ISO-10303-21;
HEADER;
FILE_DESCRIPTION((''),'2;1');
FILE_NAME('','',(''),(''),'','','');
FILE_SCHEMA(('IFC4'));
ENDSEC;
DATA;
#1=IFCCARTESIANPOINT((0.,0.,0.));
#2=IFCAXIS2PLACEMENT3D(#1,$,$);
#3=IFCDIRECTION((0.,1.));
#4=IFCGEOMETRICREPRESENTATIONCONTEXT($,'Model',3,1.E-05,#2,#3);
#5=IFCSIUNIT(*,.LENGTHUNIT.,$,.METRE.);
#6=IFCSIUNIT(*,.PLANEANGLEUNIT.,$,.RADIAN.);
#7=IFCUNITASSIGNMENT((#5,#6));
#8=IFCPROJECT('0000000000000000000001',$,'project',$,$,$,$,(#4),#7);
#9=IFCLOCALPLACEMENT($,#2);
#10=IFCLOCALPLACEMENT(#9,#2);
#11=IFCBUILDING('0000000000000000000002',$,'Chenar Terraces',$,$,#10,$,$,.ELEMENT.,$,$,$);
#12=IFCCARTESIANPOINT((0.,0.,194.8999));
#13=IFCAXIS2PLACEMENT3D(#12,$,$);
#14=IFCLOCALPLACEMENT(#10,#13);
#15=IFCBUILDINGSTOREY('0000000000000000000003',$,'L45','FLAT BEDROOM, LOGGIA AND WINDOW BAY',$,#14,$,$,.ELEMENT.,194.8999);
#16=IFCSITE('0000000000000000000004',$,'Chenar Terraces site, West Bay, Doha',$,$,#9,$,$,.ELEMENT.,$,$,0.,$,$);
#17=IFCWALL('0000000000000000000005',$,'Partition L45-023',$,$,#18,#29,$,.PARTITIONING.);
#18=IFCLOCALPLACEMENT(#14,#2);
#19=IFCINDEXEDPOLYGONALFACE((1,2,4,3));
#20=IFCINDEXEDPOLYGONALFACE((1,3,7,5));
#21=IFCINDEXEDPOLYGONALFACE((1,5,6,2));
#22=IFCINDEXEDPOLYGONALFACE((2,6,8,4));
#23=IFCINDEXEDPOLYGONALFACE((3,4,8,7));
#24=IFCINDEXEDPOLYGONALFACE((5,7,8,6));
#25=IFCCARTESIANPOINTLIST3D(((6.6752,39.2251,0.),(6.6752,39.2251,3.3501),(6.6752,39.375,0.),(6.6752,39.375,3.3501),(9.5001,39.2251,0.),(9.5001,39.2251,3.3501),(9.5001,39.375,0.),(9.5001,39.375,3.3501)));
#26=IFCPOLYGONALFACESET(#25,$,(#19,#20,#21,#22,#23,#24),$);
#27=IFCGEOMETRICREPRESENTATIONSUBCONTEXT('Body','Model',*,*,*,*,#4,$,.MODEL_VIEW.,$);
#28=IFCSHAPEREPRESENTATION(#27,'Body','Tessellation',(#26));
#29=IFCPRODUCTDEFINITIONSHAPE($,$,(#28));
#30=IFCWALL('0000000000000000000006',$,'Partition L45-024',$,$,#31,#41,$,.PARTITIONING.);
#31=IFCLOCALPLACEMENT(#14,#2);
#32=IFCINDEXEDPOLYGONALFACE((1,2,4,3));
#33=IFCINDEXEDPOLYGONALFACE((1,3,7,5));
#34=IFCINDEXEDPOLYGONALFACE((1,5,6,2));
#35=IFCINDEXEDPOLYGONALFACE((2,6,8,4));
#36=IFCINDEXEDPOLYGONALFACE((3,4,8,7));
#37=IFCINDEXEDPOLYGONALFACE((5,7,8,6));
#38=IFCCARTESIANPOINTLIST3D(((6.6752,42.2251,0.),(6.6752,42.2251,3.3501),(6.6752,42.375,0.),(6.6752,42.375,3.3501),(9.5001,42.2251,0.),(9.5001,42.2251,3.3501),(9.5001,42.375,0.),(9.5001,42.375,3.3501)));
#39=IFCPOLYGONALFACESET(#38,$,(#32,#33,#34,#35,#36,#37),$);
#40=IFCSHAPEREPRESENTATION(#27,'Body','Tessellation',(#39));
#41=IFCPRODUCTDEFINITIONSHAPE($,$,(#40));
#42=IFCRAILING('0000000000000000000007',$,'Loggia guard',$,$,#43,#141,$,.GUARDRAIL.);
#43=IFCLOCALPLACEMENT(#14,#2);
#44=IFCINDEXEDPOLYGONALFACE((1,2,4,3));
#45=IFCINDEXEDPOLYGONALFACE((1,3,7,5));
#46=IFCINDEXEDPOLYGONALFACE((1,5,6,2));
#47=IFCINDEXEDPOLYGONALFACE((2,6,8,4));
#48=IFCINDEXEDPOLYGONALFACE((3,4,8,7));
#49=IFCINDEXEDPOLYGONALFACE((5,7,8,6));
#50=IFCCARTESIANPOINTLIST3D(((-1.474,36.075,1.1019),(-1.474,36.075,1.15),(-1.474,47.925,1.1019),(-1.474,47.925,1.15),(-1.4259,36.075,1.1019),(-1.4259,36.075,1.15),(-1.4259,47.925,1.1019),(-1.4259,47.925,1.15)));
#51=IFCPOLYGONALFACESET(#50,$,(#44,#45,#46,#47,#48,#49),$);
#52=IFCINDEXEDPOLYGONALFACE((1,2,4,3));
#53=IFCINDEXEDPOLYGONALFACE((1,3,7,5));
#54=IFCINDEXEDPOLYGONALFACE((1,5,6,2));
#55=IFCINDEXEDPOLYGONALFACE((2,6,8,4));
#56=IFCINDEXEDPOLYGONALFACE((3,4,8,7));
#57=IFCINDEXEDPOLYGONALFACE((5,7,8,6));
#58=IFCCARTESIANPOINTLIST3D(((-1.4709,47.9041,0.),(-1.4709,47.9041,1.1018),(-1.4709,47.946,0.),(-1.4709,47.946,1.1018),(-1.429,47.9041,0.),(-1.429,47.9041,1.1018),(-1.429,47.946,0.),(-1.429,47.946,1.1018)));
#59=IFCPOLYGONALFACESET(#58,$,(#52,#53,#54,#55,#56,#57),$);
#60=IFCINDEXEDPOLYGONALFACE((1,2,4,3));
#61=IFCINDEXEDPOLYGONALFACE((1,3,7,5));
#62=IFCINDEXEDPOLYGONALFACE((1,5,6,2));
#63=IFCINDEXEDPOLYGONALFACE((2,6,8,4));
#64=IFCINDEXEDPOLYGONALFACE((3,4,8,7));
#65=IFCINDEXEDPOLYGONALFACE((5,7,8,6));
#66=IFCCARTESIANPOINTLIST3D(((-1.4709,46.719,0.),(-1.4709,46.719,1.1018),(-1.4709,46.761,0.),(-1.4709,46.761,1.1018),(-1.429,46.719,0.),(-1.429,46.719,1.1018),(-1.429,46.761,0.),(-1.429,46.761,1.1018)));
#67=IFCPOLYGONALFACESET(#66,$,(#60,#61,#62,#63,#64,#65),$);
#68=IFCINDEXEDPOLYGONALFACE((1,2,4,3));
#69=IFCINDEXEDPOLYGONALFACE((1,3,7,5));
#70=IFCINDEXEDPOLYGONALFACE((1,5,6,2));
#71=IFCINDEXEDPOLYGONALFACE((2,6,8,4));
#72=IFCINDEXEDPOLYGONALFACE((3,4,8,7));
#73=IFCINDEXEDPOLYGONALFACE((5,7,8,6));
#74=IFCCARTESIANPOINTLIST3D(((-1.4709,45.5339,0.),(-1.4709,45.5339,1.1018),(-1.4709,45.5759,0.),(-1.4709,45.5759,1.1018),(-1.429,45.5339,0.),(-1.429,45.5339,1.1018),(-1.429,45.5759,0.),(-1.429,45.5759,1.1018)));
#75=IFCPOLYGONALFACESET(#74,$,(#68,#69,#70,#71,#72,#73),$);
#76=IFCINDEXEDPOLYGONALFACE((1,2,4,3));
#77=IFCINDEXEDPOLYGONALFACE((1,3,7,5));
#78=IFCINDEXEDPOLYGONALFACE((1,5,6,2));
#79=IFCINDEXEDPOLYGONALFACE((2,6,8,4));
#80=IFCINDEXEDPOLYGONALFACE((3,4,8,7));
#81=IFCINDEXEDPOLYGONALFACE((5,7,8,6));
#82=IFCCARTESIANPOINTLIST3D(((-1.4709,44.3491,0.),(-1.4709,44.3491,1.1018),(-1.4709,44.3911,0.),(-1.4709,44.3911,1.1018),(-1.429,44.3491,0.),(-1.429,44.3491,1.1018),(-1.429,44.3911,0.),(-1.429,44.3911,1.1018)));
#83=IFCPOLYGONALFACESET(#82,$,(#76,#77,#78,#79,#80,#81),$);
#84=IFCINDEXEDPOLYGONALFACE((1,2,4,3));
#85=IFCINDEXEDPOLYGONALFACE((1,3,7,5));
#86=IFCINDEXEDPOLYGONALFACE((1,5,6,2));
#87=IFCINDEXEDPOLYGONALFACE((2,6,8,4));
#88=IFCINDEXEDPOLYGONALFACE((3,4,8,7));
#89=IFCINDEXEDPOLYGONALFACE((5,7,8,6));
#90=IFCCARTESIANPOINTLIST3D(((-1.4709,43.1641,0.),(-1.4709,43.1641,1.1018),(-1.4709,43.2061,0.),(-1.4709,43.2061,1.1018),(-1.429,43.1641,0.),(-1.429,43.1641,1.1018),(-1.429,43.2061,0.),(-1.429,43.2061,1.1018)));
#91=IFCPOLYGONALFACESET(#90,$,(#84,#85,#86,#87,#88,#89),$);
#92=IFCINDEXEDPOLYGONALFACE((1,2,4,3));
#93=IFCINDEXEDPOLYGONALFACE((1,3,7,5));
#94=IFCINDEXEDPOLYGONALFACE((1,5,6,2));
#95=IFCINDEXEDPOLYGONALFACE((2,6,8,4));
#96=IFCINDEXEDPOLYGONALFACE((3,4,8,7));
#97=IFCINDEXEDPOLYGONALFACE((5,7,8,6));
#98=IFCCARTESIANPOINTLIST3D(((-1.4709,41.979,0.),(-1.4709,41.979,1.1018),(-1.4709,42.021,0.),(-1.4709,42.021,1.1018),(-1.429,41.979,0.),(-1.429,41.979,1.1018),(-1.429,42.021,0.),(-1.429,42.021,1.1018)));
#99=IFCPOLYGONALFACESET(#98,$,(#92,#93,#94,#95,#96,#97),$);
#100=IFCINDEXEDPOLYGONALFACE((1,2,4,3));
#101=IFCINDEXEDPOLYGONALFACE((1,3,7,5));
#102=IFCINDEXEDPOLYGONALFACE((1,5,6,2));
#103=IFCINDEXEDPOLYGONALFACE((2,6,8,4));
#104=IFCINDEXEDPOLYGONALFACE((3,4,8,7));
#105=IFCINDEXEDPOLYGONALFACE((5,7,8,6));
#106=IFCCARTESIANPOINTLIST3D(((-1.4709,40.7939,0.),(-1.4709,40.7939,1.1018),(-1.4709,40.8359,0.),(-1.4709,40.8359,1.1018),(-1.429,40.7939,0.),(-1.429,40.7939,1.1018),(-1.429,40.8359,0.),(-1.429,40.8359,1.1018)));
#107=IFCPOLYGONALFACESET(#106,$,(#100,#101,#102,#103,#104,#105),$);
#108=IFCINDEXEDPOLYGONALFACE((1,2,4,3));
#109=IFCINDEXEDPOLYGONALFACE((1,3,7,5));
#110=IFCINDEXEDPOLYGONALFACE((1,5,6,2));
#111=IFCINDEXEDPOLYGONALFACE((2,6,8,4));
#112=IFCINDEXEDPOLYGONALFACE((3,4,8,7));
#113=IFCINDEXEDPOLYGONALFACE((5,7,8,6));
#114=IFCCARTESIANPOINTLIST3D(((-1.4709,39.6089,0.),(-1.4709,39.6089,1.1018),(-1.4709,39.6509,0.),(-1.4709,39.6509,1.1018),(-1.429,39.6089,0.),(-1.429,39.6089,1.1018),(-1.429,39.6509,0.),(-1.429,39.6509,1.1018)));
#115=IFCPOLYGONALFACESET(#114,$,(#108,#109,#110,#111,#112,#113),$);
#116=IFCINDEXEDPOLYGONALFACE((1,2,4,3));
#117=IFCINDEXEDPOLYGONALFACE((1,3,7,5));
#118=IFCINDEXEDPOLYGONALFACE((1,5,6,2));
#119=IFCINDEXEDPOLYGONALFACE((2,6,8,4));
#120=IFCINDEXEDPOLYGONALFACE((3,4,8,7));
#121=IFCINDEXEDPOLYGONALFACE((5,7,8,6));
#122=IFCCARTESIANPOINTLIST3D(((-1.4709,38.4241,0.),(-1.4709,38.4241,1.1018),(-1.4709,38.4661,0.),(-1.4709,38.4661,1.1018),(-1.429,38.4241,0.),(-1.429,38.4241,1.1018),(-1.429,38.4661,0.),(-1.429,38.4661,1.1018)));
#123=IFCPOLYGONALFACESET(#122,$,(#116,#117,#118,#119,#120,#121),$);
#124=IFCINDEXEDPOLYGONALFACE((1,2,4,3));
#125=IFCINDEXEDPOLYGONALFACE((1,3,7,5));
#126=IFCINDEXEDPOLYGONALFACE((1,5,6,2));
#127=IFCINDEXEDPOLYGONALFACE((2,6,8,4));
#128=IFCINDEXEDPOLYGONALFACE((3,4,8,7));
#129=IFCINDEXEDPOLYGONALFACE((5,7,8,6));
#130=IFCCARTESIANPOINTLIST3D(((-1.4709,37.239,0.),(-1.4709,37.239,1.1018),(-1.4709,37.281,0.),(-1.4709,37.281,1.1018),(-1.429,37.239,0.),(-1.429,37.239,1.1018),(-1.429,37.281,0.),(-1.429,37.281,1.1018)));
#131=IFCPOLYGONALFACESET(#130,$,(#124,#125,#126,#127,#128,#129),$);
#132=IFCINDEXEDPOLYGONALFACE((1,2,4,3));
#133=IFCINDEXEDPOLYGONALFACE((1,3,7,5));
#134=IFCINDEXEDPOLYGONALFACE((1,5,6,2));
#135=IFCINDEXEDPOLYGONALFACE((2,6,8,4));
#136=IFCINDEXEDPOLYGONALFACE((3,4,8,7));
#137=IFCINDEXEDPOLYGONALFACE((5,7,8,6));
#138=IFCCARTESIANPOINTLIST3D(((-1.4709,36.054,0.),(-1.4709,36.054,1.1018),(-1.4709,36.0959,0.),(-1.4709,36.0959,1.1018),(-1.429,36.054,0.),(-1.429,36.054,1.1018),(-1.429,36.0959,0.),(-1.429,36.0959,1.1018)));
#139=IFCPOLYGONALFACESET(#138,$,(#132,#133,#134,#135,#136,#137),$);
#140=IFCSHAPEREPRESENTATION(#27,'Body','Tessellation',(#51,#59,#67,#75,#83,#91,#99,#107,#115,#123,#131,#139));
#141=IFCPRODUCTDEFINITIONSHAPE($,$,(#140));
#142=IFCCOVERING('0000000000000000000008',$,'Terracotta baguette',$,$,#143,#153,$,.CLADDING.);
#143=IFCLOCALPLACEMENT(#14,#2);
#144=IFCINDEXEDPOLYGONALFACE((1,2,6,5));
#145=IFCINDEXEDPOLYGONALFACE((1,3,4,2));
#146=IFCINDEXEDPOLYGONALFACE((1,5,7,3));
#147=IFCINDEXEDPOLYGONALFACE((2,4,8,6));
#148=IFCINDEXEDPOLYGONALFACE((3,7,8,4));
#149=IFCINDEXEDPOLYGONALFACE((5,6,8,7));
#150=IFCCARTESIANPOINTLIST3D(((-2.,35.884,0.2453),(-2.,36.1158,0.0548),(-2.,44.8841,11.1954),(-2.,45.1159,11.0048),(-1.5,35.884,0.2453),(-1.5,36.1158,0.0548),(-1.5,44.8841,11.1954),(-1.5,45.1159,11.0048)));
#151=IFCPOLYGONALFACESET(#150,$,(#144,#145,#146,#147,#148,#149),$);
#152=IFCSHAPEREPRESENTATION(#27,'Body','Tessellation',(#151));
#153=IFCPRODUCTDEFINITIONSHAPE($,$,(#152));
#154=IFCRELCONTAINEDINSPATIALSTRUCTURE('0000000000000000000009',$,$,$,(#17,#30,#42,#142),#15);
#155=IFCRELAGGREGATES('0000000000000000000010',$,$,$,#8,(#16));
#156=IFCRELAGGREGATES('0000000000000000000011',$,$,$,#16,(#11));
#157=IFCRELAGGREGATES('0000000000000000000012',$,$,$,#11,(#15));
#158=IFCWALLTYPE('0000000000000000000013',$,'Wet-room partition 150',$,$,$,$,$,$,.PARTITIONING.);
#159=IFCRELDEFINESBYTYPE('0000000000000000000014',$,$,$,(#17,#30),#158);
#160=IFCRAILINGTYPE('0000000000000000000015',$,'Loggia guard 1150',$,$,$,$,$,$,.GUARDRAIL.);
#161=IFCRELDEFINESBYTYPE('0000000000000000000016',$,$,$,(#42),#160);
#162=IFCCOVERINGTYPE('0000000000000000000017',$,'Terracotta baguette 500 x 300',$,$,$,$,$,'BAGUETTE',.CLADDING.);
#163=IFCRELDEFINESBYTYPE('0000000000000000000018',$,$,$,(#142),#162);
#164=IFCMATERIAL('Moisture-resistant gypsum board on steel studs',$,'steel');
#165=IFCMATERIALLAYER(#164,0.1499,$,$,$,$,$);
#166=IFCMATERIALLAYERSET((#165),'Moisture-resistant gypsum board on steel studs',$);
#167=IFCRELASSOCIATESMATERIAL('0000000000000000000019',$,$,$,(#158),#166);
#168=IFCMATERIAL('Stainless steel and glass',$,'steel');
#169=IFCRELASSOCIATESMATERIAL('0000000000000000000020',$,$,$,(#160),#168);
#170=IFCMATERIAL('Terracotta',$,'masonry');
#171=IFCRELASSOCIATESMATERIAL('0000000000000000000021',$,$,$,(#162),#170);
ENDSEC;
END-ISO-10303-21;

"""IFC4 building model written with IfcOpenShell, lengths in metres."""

from ifc_helpers import new_model, si_unit, direction, frame, frame_2d, origin, origin_2d, place, context, subcontext, project, spatial, rectangle, extrude, material, layer, layer_set, material_profile, profile_set, type_object, element, save


model = new_model("IFC4")

# Units and contexts
model_context = context("Model", 3, precision=1e-05, world=origin(), true_north=direction((0.0, 1.0)))
body_context = subcontext(model_context, "Body", "Model", "MODEL_VIEW")
ifc_project = project(units=[si_unit("LENGTHUNIT", "METRE"), si_unit("PLANEANGLEUNIT", "RADIAN")], contexts=[model_context])

# Site, building, storey
site_placement = place(None, origin())
site = spatial("IfcSite", under=ifc_project, at=site_placement, Name="Chenar Terraces site, West Bay, Doha", CompositionType="ELEMENT", RefElevation=0.0)
building_placement = place(site_placement, origin())
building = spatial("IfcBuilding", under=site, at=building_placement, Name="Chenar Terraces", CompositionType="ELEMENT")
storey_placement = place(building_placement, frame((0.0, 0.0, 194.8999)))
storey = spatial("IfcBuildingStorey", under=building, at=storey_placement, Name="L45", Description="FLAT BEDROOM, LOGGIA AND WINDOW BAY", CompositionType="ELEMENT", Elevation=194.8999)

# Shared definitions
ifc_material_1 = material(Name="Moisture-resistant gypsum board on steel studs", Category="steel")
ifc_layer_1 = layer(ifc_material_1, 0.1499)
ifc_layer_set_1 = layer_set([ifc_layer_1], Name="Moisture-resistant gypsum board on steel studs")
wall_type_1 = type_object("IfcWallType", Name="Wet-room partition 150", PredefinedType="PARTITIONING", material=ifc_layer_set_1)

# Walls
for number, where, z_axis, x_axis, name in (
    (1, (6.675, 39.3, 0.0), (0.0, 0.0, 1.0), (1.0, 0.0, 0.0), "Partition L45-023"),
    (2, (6.675, 42.3, 0.0), (0.0, 0.0, 1.0), (1.0, 0.0, 0.0), "Partition L45-024"),
):
    element("IfcWall", number, at=place(storey_placement, frame(where, z_axis=z_axis, x_axis=x_axis)), inside=storey, type_object=wall_type_1, Name=name, PredefinedType="PARTITIONING", context=body_context, shape_type="SweptSolid", body=[
        extrude(rectangle(XDim=2.825, YDim=0.1499, at=frame_2d((1.4126, 0.0))), origin(), (0.0, 0.0, 1.0), 3.3501),
    ])

# Railing
ifc_material_2 = material(Name="Stainless steel and glass", Category="steel")
railing_type = type_object("IfcRailingType", Name="Loggia guard 1150", PredefinedType="GUARDRAIL", material=ifc_material_2)
railing_placement = place(storey_placement, frame((-1.45, 47.925, 0.0)))
element("IfcRailing", 3, at=railing_placement, inside=storey, type_object=railing_type, Name="Loggia guard", PredefinedType="GUARDRAIL", context=body_context, shape_type="SweptSolid", body=[
    extrude(rectangle(XDim=0.0481, YDim=0.0481, at=origin_2d()), frame((0.0, 0.0, 1.126), z_axis=(0.0, -1.0, 0.0), x_axis=(1.0, 0.0, 0.0)), (0.0, 0.0, 1.0), 11.8501),
    extrude(rectangle(XDim=0.042, YDim=0.042, at=origin_2d()), origin(), (0.0, 0.0, 1.0), 1.1018),
    extrude(rectangle(XDim=0.042, YDim=0.042, at=origin_2d()), frame((0.0, -1.1851, 0.0)), (0.0, 0.0, 1.0), 1.1018),
    extrude(rectangle(XDim=0.042, YDim=0.042, at=origin_2d()), frame((0.0, -2.3701, 0.0)), (0.0, 0.0, 1.0), 1.1018),
    extrude(rectangle(XDim=0.042, YDim=0.042, at=origin_2d()), frame((0.0, -3.5549, 0.0)), (0.0, 0.0, 1.0), 1.1018),
    extrude(rectangle(XDim=0.042, YDim=0.042, at=origin_2d()), frame((0.0, -4.74, 0.0)), (0.0, 0.0, 1.0), 1.1018),
    extrude(rectangle(XDim=0.042, YDim=0.042, at=origin_2d()), frame((0.0, -5.925, 0.0)), (0.0, 0.0, 1.0), 1.1018),
    extrude(rectangle(XDim=0.042, YDim=0.042, at=origin_2d()), frame((0.0, -7.1101, 0.0)), (0.0, 0.0, 1.0), 1.1018),
    extrude(rectangle(XDim=0.042, YDim=0.042, at=origin_2d()), frame((0.0, -8.2952, 0.0)), (0.0, 0.0, 1.0), 1.1018),
    extrude(rectangle(XDim=0.042, YDim=0.042, at=origin_2d()), frame((0.0, -9.48, 0.0)), (0.0, 0.0, 1.0), 1.1018),
    extrude(rectangle(XDim=0.042, YDim=0.042, at=origin_2d()), frame((0.0, -10.665, 0.0)), (0.0, 0.0, 1.0), 1.1018),
    extrude(rectangle(XDim=0.042, YDim=0.042, at=origin_2d()), frame((0.0, -11.8501, 0.0)), (0.0, 0.0, 1.0), 1.1018),
])

# Covering
ifc_material_3 = material(Name="Terracotta", Category="masonry")
ifc_material_profile_1 = material_profile(ifc_material_3, rectangle(XDim=0.5, YDim=0.3, at=origin_2d()), Name="Terracotta baguette 500 x 300")
ifc_profile_set_1 = profile_set([ifc_material_profile_1], Name="Terracotta")
covering_type = type_object("IfcCoveringType", Name="Terracotta baguette 500 x 300", ElementType="BAGUETTE", PredefinedType="CLADDING", material=ifc_profile_set_1)
covering_placement = place(storey_placement, frame((-1.75, 45.0, 11.1001), z_axis=(0.0, -0.634967, -0.772539), x_axis=(1.0, 0.0, 0.0)))
element("IfcCovering", 4, at=covering_placement, inside=storey, type_object=covering_type, Name="Terracotta baguette", PredefinedType="CLADDING", context=body_context, shape_type="SweptSolid", body=[
    extrude(rectangle(XDim=0.5, YDim=0.3, at=origin_2d()), origin(), (0.0, 0.0, 1.0), 14.1741),
])

save(model, "model.ifc")
